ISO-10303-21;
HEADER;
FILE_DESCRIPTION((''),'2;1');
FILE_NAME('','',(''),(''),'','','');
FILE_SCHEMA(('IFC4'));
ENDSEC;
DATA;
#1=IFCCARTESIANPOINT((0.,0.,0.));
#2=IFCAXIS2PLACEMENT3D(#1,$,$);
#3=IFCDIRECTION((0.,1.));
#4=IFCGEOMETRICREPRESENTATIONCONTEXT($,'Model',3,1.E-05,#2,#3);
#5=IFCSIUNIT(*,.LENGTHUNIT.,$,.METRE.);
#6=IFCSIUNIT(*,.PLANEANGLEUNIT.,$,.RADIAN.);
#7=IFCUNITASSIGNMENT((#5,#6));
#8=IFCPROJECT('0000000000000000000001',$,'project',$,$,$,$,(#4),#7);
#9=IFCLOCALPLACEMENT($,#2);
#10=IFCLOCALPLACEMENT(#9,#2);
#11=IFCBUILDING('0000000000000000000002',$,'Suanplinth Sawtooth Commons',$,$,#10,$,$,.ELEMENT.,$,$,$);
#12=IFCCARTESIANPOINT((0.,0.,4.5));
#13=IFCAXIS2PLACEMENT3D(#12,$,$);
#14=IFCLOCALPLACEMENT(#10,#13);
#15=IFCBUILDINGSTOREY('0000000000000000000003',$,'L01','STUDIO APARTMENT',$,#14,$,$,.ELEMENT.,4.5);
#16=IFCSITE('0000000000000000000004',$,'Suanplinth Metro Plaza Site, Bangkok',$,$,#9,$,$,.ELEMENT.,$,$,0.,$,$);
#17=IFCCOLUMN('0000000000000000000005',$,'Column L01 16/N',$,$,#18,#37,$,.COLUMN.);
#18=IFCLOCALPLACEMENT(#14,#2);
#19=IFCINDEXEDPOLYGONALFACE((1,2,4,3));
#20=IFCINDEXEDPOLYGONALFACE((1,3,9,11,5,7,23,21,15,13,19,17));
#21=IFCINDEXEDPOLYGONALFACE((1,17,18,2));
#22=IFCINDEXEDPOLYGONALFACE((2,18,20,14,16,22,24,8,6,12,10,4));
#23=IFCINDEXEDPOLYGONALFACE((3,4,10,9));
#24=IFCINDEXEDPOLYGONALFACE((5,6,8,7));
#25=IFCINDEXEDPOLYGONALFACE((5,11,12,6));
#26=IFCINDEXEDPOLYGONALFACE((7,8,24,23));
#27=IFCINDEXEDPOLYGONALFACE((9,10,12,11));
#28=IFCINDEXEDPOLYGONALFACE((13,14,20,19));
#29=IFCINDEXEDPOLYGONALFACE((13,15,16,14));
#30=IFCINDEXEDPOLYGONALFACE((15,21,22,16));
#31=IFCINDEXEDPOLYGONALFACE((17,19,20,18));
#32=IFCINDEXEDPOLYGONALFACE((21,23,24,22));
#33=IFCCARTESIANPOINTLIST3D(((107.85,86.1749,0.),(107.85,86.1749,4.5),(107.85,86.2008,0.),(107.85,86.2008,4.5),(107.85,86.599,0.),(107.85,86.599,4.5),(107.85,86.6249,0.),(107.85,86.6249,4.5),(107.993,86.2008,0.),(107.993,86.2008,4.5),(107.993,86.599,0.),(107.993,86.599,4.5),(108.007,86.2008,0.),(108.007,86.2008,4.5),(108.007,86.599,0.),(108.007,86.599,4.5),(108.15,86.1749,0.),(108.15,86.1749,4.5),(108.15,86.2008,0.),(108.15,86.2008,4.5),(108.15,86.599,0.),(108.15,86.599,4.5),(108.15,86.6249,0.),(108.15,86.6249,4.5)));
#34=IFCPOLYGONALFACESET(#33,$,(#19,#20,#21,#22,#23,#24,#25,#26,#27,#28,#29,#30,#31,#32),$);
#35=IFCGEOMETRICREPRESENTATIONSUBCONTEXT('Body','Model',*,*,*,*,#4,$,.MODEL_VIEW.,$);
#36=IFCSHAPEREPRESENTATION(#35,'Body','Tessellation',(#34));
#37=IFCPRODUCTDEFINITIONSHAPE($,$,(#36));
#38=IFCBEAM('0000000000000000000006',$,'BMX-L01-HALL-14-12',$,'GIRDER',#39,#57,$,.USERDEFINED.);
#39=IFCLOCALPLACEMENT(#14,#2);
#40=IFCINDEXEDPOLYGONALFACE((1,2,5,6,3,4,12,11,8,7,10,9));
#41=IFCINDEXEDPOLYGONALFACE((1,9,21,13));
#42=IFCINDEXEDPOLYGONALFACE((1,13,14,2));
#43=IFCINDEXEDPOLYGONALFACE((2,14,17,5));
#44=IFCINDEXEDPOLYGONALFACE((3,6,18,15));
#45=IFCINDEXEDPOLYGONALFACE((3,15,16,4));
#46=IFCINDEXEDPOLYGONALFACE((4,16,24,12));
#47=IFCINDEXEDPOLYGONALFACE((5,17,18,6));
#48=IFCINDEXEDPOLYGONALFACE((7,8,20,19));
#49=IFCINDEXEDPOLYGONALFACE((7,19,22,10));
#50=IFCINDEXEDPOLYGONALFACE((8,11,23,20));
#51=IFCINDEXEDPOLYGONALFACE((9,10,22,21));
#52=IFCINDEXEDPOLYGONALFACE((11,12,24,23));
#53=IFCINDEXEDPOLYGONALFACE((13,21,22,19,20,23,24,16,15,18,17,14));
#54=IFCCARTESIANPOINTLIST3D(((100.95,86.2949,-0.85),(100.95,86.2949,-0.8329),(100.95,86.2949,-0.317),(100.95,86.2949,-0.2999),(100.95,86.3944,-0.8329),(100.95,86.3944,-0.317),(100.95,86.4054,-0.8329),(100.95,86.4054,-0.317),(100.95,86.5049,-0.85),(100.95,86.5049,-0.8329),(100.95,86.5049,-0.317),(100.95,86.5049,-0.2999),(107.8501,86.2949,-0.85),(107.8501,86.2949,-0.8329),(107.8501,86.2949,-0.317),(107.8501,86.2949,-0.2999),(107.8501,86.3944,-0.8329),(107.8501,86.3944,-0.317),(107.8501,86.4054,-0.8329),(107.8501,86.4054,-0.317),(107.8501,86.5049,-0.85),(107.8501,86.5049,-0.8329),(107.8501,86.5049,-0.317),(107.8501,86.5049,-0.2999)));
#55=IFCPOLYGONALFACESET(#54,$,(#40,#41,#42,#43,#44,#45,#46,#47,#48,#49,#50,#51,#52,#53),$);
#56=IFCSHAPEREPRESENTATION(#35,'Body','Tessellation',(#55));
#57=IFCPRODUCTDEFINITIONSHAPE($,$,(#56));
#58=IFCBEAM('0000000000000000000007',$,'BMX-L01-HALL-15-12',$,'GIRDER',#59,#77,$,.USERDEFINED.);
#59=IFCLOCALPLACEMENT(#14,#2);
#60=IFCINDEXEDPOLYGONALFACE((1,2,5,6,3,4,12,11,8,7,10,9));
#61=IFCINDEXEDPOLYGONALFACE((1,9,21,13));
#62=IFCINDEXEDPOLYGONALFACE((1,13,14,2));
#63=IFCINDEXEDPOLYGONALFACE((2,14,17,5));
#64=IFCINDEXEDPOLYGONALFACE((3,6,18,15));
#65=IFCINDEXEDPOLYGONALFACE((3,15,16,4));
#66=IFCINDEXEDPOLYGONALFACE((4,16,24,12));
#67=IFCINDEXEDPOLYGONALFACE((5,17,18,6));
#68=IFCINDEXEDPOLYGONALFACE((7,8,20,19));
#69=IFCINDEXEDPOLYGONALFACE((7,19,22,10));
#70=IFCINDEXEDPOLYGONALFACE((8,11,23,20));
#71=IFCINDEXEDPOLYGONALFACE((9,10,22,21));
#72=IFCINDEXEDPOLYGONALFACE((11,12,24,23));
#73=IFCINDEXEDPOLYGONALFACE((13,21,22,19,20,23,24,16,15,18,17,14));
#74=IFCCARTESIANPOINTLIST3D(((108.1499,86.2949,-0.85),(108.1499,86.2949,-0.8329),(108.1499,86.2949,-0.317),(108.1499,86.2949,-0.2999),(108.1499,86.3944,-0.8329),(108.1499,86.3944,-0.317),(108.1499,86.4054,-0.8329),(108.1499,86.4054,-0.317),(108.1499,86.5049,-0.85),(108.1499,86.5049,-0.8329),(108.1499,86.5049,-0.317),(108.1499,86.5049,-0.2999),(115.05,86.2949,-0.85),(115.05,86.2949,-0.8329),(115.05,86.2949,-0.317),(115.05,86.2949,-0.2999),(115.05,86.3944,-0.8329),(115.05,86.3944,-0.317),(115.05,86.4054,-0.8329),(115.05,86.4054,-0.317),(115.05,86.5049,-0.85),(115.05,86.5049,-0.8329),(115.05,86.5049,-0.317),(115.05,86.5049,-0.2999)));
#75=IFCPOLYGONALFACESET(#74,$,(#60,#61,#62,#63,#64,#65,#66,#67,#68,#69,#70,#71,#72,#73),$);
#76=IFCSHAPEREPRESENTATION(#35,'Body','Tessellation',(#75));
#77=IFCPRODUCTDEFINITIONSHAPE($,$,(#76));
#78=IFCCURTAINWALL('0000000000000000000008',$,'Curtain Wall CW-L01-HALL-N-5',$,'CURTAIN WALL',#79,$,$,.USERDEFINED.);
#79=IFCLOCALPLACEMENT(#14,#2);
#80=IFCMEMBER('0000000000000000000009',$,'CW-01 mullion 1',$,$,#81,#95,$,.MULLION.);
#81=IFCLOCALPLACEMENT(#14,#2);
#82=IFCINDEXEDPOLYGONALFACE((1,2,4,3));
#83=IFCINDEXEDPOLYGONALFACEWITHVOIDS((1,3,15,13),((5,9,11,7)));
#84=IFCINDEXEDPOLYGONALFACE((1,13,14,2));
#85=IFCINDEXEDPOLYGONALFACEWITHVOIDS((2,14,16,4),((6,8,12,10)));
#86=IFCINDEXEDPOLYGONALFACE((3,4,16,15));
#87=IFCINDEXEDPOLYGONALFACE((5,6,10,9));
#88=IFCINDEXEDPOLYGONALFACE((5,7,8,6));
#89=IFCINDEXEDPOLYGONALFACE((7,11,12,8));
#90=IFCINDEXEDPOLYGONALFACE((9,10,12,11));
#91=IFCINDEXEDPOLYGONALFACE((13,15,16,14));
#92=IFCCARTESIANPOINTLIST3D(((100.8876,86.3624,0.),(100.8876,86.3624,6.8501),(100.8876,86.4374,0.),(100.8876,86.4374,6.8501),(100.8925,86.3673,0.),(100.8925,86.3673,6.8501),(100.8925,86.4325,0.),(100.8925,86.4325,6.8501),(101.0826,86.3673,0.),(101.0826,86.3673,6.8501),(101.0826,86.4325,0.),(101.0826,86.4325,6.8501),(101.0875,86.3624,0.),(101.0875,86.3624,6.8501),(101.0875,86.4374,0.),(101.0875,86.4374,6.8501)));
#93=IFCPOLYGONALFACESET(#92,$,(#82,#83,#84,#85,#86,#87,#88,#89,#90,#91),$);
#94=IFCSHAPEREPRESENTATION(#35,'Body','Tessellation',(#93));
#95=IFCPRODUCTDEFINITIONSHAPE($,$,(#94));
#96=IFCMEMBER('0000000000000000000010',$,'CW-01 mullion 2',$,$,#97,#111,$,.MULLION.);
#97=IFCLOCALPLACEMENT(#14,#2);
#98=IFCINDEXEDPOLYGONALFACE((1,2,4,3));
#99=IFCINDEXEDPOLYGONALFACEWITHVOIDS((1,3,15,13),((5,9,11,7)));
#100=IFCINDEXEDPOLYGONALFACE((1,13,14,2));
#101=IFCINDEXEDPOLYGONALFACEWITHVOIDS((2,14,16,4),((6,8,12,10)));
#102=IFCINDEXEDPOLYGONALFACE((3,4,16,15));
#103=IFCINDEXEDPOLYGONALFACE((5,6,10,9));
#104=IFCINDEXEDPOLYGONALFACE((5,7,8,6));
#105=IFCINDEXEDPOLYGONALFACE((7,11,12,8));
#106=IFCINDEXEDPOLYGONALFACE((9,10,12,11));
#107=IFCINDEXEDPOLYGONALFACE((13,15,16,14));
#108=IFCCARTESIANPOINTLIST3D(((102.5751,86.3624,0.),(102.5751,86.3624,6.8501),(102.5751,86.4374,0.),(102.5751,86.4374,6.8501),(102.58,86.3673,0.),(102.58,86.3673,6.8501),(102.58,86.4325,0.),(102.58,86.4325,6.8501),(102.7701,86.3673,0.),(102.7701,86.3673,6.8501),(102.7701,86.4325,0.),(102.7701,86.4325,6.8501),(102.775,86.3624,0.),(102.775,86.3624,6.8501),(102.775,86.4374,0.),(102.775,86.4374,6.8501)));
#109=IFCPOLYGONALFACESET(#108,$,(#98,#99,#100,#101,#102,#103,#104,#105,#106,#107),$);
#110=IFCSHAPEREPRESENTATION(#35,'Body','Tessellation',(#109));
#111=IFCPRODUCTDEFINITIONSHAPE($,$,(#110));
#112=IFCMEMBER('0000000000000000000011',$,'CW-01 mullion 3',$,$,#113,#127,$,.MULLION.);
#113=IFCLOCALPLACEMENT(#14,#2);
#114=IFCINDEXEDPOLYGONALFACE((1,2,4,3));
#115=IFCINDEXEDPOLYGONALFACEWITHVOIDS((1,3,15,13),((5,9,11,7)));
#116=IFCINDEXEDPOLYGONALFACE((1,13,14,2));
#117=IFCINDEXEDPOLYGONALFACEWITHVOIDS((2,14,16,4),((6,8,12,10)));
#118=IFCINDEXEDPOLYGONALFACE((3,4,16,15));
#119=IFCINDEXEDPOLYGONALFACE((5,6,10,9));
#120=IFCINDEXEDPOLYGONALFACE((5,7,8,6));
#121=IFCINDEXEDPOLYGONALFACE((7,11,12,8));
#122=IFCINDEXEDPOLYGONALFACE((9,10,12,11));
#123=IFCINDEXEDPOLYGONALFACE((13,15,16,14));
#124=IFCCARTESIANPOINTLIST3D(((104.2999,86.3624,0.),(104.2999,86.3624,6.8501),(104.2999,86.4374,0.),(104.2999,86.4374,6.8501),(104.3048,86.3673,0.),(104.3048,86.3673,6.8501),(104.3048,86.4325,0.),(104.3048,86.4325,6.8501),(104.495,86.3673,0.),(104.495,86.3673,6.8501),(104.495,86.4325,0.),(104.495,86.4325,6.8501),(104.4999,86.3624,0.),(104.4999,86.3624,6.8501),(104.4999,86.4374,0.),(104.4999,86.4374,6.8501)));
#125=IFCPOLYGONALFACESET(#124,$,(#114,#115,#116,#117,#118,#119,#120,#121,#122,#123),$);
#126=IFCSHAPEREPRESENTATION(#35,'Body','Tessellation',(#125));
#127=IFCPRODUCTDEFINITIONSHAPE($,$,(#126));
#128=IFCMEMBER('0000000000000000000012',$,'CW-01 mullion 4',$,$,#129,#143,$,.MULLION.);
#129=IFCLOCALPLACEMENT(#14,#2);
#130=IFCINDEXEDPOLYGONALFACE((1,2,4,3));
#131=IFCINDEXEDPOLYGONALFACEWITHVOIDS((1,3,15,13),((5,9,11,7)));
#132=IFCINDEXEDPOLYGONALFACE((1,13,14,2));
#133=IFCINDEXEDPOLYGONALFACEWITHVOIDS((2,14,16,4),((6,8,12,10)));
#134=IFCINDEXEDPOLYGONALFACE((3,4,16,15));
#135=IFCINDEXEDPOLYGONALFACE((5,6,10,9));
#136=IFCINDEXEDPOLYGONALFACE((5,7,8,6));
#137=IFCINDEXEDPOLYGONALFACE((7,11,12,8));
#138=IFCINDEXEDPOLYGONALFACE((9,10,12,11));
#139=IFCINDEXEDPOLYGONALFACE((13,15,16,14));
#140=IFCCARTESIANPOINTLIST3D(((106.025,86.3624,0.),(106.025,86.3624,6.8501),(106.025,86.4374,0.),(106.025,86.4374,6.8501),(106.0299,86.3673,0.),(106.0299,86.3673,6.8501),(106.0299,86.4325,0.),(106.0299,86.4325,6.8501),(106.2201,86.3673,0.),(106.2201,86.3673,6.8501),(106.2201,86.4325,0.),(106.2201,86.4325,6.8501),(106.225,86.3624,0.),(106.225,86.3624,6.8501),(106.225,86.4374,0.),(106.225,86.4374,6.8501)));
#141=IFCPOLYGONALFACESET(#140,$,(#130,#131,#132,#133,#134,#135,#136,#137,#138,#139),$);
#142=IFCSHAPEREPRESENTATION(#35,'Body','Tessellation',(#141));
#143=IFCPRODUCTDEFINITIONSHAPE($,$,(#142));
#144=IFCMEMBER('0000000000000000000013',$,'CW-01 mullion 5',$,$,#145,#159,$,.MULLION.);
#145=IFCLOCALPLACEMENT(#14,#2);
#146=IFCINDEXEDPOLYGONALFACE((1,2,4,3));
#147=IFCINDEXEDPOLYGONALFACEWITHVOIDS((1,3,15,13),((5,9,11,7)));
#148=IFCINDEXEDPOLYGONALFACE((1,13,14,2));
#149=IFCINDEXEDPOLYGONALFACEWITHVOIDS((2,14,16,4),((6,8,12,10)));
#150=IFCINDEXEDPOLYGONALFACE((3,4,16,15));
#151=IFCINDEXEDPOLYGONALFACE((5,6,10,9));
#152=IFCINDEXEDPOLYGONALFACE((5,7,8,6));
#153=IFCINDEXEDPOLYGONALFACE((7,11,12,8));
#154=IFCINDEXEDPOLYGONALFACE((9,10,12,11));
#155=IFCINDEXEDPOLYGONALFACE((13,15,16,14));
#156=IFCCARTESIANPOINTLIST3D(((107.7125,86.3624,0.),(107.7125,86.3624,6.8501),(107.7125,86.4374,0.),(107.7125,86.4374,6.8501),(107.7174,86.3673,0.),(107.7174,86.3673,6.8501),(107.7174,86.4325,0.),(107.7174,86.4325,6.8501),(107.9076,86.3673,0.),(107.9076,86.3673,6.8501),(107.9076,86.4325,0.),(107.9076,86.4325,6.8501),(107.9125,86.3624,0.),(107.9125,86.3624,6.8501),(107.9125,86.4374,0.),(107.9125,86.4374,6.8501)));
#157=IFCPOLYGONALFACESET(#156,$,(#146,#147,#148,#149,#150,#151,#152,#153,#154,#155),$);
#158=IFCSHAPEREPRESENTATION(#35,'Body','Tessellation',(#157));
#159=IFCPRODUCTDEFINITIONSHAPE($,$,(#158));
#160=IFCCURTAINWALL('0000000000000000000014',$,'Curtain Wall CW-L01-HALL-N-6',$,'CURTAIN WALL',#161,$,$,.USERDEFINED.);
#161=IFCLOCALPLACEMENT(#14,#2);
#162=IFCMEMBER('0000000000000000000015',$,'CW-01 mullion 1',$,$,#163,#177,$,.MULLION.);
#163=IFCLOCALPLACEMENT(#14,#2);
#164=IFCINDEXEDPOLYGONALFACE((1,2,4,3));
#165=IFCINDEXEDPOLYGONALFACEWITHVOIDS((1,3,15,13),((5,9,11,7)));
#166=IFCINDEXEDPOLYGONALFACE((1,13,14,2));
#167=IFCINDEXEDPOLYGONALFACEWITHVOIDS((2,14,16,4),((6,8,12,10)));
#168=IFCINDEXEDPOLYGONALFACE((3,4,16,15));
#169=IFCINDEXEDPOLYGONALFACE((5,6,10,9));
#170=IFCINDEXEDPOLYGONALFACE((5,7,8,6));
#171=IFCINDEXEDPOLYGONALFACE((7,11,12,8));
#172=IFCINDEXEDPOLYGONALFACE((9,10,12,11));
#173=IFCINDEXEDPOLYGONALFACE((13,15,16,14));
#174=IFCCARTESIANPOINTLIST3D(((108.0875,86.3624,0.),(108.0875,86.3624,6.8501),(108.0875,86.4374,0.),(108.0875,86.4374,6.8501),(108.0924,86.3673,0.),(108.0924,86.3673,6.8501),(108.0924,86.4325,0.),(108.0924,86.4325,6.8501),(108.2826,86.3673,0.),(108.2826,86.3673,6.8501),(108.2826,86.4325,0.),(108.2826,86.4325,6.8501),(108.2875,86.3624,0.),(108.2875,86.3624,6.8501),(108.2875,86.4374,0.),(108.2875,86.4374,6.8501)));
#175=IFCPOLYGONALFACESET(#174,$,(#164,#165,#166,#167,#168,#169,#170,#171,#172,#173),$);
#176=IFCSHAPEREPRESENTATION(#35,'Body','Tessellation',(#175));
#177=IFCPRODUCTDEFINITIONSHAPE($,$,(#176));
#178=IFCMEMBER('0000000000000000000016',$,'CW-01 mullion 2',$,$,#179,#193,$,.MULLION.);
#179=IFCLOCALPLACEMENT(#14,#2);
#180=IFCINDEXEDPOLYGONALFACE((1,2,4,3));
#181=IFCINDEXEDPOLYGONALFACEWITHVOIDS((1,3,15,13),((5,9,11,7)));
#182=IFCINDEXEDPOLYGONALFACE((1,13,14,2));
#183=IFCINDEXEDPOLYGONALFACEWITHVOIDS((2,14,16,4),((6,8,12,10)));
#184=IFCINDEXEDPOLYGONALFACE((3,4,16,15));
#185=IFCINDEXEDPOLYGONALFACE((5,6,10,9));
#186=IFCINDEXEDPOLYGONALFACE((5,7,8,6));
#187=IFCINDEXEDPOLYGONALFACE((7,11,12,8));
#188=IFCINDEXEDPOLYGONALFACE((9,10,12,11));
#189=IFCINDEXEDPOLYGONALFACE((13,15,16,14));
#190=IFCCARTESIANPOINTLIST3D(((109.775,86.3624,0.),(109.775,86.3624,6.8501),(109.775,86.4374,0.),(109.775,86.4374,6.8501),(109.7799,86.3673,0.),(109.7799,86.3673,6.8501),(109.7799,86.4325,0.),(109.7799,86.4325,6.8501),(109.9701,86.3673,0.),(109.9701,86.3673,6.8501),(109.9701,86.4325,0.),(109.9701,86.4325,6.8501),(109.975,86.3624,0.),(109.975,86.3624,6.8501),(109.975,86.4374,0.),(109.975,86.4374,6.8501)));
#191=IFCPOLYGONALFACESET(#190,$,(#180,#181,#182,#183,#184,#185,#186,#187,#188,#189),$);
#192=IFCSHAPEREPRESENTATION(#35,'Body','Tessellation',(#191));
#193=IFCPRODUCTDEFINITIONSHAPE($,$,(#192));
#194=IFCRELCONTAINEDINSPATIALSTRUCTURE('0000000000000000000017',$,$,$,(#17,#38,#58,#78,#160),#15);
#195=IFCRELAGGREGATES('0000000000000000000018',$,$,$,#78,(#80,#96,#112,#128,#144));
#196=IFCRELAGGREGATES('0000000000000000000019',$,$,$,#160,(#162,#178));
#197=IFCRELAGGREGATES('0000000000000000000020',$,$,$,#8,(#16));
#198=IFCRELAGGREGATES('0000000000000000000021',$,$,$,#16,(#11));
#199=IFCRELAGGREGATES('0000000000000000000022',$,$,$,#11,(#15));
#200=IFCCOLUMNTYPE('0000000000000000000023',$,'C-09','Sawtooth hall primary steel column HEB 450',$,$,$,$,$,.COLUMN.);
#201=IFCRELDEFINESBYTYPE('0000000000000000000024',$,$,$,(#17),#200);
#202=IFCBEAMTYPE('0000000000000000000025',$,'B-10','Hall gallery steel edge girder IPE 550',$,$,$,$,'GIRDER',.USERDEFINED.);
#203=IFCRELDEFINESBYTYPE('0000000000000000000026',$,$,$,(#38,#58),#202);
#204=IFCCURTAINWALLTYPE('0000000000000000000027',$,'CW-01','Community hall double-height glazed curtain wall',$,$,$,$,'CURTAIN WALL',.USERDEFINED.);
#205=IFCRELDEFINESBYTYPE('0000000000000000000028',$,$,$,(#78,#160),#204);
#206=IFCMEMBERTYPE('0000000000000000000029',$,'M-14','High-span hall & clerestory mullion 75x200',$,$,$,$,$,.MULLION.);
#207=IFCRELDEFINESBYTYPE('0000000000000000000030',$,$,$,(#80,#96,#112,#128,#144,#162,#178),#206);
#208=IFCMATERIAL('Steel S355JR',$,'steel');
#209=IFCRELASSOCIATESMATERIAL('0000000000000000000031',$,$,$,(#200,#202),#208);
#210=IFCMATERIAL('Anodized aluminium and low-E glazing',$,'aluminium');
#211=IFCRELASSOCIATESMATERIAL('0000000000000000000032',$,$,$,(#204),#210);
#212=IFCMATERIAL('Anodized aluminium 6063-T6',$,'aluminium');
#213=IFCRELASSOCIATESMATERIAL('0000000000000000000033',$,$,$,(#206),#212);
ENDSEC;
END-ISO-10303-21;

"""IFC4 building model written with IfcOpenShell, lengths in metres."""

from ifc_helpers import new_model, si_unit, direction, frame, origin, origin_2d, place, context, subcontext, project, spatial, hollow_rectangle, i_section, extrude, material, material_profile, profile_set, type_object, element, aggregate, save


model = new_model("IFC4")

# Units and contexts
model_context = context("Model", 3, precision=1e-05, world=origin(), true_north=direction((0.0, 1.0)))
body_context = subcontext(model_context, "Body", "Model", "MODEL_VIEW")
ifc_project = project(units=[si_unit("LENGTHUNIT", "METRE"), si_unit("PLANEANGLEUNIT", "RADIAN")], contexts=[model_context])

# Site, building, storey
site_placement = place(None, origin())
site = spatial("IfcSite", under=ifc_project, at=site_placement, Name="Suanplinth Metro Plaza Site, Bangkok", CompositionType="ELEMENT", RefElevation=0.0)
building_placement = place(site_placement, origin())
building = spatial("IfcBuilding", under=site, at=building_placement, Name="Suanplinth Sawtooth Commons", CompositionType="ELEMENT")
storey_placement = place(building_placement, frame((0.0, 0.0, 4.5)))
storey = spatial("IfcBuildingStorey", under=building, at=storey_placement, Name="L01", Description="STUDIO APARTMENT", CompositionType="ELEMENT", Elevation=4.5)

# Column
ifc_material_1 = material(Name="Steel S355JR", Category="steel")
ifc_material_profile_1 = material_profile(ifc_material_1, i_section(OverallWidth=0.3, OverallDepth=0.45, WebThickness=0.0139, FlangeThickness=0.0259, at=origin_2d()), Name="HEB 450")
ifc_profile_set_1 = profile_set([ifc_material_profile_1], Name="Steel S355JR")
column_type = type_object("IfcColumnType", Name="C-09", Description="Sawtooth hall primary steel column HEB 450", PredefinedType="COLUMN", material=ifc_profile_set_1)
column_placement = place(storey_placement, frame((108.0, 86.3999, 0.0), z_axis=(0.0, 0.0, 1.0), x_axis=(1.0, 0.0, 0.0)))
element("IfcColumn", 1, at=column_placement, inside=storey, type_object=column_type, Name="Column L01 16/N", PredefinedType="COLUMN", context=body_context, shape_type="SweptSolid", body=[
    extrude(i_section(OverallWidth=0.3, OverallDepth=0.45, WebThickness=0.0139, FlangeThickness=0.0259, at=origin_2d()), origin(), (0.0, 0.0, 1.0), 4.5),
])

# Beams
ifc_material_profile_2 = material_profile(ifc_material_1, i_section(OverallWidth=0.21, OverallDepth=0.55, WebThickness=0.011, FlangeThickness=0.0171, at=origin_2d()), Name="IPE 550")
ifc_profile_set_2 = profile_set([ifc_material_profile_2], Name="Steel S355JR")
beam_type = type_object("IfcBeamType", Name="B-10", Description="Hall gallery steel edge girder IPE 550", ElementType="GIRDER", PredefinedType="USERDEFINED", material=ifc_profile_set_2)
for number, where, z_axis, x_axis, name in (
    (2, (100.95, 86.3999, -0.575), (1.0, 0.0, 0.0), (0.0, 1.0, 0.0), "BMX-L01-HALL-14-12"),
    (3, (108.1499, 86.3999, -0.575), (1.0, 0.0, 0.0), (0.0, 1.0, 0.0), "BMX-L01-HALL-15-12"),
):
    element("IfcBeam", number, at=place(storey_placement, frame(where, z_axis=z_axis, x_axis=x_axis)), inside=storey, type_object=beam_type, Name=name, ObjectType="GIRDER", PredefinedType="USERDEFINED", context=body_context, shape_type="SweptSolid", body=[
        extrude(i_section(OverallWidth=0.21, OverallDepth=0.55, WebThickness=0.011, FlangeThickness=0.0171, at=origin_2d()), origin(), (0.0, 0.0, 1.0), 6.9001),
    ])

# Curtain walls, members
ifc_material_2 = material(Name="Anodized aluminium and low-E glazing", Category="aluminium")
curtain_wall_type = type_object("IfcCurtainWallType", Name="CW-01", Description="Community hall double-height glazed curtain wall", ElementType="CURTAIN WALL", PredefinedType="USERDEFINED", material=ifc_material_2)
curtain_wall_1_placement = place(storey_placement, origin())
curtain_wall_1 = element("IfcCurtainWall", 4, at=curtain_wall_1_placement, inside=storey, type_object=curtain_wall_type, Name="Curtain Wall CW-L01-HALL-N-5", ObjectType="CURTAIN WALL", PredefinedType="USERDEFINED")
ifc_material_3 = material(Name="Anodized aluminium 6063-T6", Category="aluminium")
ifc_material_profile_3 = material_profile(ifc_material_3, hollow_rectangle(XDim=0.075, YDim=0.2, WallThickness=0.0049, at=origin_2d()), Name="ALU-MUL 75x200")
ifc_profile_set_3 = profile_set([ifc_material_profile_3], Name="Anodized aluminium 6063-T6")
member_type_1 = type_object("IfcMemberType", Name="M-14", Description="High-span hall & clerestory mullion 75x200", PredefinedType="MULLION", material=ifc_profile_set_3)
member_1_placement = place(storey_placement, frame((100.9875, 86.3999, 0.0), z_axis=(0.0, 0.0, 1.0), x_axis=(0.0, 1.0, 0.0)))
member_1 = element("IfcMember", 5, at=member_1_placement, type_object=member_type_1, Name="CW-01 mullion 1", PredefinedType="MULLION", context=body_context, shape_type="SweptSolid", body=[
    extrude(hollow_rectangle(XDim=0.075, YDim=0.2, WallThickness=0.0049, at=origin_2d()), origin(), (0.0, 0.0, 1.0), 6.8501),
])
member_2_placement = place(storey_placement, frame((102.675, 86.3999, 0.0), z_axis=(0.0, 0.0, 1.0), x_axis=(0.0, 1.0, 0.0)))
member_2 = element("IfcMember", 6, at=member_2_placement, type_object=member_type_1, Name="CW-01 mullion 2", PredefinedType="MULLION", context=body_context, shape_type="SweptSolid", body=[
    extrude(hollow_rectangle(XDim=0.075, YDim=0.2, WallThickness=0.0049, at=origin_2d()), origin(), (0.0, 0.0, 1.0), 6.8501),
])
member_3_placement = place(storey_placement, frame((104.3999, 86.3999, 0.0), z_axis=(0.0, 0.0, 1.0), x_axis=(0.0, 1.0, 0.0)))
member_3 = element("IfcMember", 7, at=member_3_placement, type_object=member_type_1, Name="CW-01 mullion 3", PredefinedType="MULLION", context=body_context, shape_type="SweptSolid", body=[
    extrude(hollow_rectangle(XDim=0.075, YDim=0.2, WallThickness=0.0049, at=origin_2d()), origin(), (0.0, 0.0, 1.0), 6.8501),
])
member_4_placement = place(storey_placement, frame((106.125, 86.3999, 0.0), z_axis=(0.0, 0.0, 1.0), x_axis=(0.0, 1.0, 0.0)))
member_4 = element("IfcMember", 8, at=member_4_placement, type_object=member_type_1, Name="CW-01 mullion 4", PredefinedType="MULLION", context=body_context, shape_type="SweptSolid", body=[
    extrude(hollow_rectangle(XDim=0.075, YDim=0.2, WallThickness=0.0049, at=origin_2d()), origin(), (0.0, 0.0, 1.0), 6.8501),
])
member_5_placement = place(storey_placement, frame((107.8125, 86.3999, 0.0), z_axis=(0.0, 0.0, 1.0), x_axis=(0.0, 1.0, 0.0)))
member_5 = element("IfcMember", 9, at=member_5_placement, type_object=member_type_1, Name="CW-01 mullion 5", PredefinedType="MULLION", context=body_context, shape_type="SweptSolid", body=[
    extrude(hollow_rectangle(XDim=0.075, YDim=0.2, WallThickness=0.0049, at=origin_2d()), origin(), (0.0, 0.0, 1.0), 6.8501),
])
curtain_wall_2_placement = place(storey_placement, origin())
curtain_wall_2 = element("IfcCurtainWall", 10, at=curtain_wall_2_placement, inside=storey, type_object=curtain_wall_type, Name="Curtain Wall CW-L01-HALL-N-6", ObjectType="CURTAIN WALL", PredefinedType="USERDEFINED")
member_6_placement = place(storey_placement, frame((108.1875, 86.3999, 0.0), z_axis=(0.0, 0.0, 1.0), x_axis=(0.0, 1.0, 0.0)))
member_6 = element("IfcMember", 11, at=member_6_placement, type_object=member_type_1, Name="CW-01 mullion 1", PredefinedType="MULLION", context=body_context, shape_type="SweptSolid", body=[
    extrude(hollow_rectangle(XDim=0.075, YDim=0.2, WallThickness=0.0049, at=origin_2d()), origin(), (0.0, 0.0, 1.0), 6.8501),
])
member_7_placement = place(storey_placement, frame((109.875, 86.3999, 0.0), z_axis=(0.0, 0.0, 1.0), x_axis=(0.0, 1.0, 0.0)))
member_7 = element("IfcMember", 12, at=member_7_placement, type_object=member_type_1, Name="CW-01 mullion 2", PredefinedType="MULLION", context=body_context, shape_type="SweptSolid", body=[
    extrude(hollow_rectangle(XDim=0.075, YDim=0.2, WallThickness=0.0049, at=origin_2d()), origin(), (0.0, 0.0, 1.0), 6.8501),
])

aggregate(curtain_wall_1, [member_1, member_2, member_3, member_4, member_5])
aggregate(curtain_wall_2, [member_6, member_7])

save(model, "model.ifc")
